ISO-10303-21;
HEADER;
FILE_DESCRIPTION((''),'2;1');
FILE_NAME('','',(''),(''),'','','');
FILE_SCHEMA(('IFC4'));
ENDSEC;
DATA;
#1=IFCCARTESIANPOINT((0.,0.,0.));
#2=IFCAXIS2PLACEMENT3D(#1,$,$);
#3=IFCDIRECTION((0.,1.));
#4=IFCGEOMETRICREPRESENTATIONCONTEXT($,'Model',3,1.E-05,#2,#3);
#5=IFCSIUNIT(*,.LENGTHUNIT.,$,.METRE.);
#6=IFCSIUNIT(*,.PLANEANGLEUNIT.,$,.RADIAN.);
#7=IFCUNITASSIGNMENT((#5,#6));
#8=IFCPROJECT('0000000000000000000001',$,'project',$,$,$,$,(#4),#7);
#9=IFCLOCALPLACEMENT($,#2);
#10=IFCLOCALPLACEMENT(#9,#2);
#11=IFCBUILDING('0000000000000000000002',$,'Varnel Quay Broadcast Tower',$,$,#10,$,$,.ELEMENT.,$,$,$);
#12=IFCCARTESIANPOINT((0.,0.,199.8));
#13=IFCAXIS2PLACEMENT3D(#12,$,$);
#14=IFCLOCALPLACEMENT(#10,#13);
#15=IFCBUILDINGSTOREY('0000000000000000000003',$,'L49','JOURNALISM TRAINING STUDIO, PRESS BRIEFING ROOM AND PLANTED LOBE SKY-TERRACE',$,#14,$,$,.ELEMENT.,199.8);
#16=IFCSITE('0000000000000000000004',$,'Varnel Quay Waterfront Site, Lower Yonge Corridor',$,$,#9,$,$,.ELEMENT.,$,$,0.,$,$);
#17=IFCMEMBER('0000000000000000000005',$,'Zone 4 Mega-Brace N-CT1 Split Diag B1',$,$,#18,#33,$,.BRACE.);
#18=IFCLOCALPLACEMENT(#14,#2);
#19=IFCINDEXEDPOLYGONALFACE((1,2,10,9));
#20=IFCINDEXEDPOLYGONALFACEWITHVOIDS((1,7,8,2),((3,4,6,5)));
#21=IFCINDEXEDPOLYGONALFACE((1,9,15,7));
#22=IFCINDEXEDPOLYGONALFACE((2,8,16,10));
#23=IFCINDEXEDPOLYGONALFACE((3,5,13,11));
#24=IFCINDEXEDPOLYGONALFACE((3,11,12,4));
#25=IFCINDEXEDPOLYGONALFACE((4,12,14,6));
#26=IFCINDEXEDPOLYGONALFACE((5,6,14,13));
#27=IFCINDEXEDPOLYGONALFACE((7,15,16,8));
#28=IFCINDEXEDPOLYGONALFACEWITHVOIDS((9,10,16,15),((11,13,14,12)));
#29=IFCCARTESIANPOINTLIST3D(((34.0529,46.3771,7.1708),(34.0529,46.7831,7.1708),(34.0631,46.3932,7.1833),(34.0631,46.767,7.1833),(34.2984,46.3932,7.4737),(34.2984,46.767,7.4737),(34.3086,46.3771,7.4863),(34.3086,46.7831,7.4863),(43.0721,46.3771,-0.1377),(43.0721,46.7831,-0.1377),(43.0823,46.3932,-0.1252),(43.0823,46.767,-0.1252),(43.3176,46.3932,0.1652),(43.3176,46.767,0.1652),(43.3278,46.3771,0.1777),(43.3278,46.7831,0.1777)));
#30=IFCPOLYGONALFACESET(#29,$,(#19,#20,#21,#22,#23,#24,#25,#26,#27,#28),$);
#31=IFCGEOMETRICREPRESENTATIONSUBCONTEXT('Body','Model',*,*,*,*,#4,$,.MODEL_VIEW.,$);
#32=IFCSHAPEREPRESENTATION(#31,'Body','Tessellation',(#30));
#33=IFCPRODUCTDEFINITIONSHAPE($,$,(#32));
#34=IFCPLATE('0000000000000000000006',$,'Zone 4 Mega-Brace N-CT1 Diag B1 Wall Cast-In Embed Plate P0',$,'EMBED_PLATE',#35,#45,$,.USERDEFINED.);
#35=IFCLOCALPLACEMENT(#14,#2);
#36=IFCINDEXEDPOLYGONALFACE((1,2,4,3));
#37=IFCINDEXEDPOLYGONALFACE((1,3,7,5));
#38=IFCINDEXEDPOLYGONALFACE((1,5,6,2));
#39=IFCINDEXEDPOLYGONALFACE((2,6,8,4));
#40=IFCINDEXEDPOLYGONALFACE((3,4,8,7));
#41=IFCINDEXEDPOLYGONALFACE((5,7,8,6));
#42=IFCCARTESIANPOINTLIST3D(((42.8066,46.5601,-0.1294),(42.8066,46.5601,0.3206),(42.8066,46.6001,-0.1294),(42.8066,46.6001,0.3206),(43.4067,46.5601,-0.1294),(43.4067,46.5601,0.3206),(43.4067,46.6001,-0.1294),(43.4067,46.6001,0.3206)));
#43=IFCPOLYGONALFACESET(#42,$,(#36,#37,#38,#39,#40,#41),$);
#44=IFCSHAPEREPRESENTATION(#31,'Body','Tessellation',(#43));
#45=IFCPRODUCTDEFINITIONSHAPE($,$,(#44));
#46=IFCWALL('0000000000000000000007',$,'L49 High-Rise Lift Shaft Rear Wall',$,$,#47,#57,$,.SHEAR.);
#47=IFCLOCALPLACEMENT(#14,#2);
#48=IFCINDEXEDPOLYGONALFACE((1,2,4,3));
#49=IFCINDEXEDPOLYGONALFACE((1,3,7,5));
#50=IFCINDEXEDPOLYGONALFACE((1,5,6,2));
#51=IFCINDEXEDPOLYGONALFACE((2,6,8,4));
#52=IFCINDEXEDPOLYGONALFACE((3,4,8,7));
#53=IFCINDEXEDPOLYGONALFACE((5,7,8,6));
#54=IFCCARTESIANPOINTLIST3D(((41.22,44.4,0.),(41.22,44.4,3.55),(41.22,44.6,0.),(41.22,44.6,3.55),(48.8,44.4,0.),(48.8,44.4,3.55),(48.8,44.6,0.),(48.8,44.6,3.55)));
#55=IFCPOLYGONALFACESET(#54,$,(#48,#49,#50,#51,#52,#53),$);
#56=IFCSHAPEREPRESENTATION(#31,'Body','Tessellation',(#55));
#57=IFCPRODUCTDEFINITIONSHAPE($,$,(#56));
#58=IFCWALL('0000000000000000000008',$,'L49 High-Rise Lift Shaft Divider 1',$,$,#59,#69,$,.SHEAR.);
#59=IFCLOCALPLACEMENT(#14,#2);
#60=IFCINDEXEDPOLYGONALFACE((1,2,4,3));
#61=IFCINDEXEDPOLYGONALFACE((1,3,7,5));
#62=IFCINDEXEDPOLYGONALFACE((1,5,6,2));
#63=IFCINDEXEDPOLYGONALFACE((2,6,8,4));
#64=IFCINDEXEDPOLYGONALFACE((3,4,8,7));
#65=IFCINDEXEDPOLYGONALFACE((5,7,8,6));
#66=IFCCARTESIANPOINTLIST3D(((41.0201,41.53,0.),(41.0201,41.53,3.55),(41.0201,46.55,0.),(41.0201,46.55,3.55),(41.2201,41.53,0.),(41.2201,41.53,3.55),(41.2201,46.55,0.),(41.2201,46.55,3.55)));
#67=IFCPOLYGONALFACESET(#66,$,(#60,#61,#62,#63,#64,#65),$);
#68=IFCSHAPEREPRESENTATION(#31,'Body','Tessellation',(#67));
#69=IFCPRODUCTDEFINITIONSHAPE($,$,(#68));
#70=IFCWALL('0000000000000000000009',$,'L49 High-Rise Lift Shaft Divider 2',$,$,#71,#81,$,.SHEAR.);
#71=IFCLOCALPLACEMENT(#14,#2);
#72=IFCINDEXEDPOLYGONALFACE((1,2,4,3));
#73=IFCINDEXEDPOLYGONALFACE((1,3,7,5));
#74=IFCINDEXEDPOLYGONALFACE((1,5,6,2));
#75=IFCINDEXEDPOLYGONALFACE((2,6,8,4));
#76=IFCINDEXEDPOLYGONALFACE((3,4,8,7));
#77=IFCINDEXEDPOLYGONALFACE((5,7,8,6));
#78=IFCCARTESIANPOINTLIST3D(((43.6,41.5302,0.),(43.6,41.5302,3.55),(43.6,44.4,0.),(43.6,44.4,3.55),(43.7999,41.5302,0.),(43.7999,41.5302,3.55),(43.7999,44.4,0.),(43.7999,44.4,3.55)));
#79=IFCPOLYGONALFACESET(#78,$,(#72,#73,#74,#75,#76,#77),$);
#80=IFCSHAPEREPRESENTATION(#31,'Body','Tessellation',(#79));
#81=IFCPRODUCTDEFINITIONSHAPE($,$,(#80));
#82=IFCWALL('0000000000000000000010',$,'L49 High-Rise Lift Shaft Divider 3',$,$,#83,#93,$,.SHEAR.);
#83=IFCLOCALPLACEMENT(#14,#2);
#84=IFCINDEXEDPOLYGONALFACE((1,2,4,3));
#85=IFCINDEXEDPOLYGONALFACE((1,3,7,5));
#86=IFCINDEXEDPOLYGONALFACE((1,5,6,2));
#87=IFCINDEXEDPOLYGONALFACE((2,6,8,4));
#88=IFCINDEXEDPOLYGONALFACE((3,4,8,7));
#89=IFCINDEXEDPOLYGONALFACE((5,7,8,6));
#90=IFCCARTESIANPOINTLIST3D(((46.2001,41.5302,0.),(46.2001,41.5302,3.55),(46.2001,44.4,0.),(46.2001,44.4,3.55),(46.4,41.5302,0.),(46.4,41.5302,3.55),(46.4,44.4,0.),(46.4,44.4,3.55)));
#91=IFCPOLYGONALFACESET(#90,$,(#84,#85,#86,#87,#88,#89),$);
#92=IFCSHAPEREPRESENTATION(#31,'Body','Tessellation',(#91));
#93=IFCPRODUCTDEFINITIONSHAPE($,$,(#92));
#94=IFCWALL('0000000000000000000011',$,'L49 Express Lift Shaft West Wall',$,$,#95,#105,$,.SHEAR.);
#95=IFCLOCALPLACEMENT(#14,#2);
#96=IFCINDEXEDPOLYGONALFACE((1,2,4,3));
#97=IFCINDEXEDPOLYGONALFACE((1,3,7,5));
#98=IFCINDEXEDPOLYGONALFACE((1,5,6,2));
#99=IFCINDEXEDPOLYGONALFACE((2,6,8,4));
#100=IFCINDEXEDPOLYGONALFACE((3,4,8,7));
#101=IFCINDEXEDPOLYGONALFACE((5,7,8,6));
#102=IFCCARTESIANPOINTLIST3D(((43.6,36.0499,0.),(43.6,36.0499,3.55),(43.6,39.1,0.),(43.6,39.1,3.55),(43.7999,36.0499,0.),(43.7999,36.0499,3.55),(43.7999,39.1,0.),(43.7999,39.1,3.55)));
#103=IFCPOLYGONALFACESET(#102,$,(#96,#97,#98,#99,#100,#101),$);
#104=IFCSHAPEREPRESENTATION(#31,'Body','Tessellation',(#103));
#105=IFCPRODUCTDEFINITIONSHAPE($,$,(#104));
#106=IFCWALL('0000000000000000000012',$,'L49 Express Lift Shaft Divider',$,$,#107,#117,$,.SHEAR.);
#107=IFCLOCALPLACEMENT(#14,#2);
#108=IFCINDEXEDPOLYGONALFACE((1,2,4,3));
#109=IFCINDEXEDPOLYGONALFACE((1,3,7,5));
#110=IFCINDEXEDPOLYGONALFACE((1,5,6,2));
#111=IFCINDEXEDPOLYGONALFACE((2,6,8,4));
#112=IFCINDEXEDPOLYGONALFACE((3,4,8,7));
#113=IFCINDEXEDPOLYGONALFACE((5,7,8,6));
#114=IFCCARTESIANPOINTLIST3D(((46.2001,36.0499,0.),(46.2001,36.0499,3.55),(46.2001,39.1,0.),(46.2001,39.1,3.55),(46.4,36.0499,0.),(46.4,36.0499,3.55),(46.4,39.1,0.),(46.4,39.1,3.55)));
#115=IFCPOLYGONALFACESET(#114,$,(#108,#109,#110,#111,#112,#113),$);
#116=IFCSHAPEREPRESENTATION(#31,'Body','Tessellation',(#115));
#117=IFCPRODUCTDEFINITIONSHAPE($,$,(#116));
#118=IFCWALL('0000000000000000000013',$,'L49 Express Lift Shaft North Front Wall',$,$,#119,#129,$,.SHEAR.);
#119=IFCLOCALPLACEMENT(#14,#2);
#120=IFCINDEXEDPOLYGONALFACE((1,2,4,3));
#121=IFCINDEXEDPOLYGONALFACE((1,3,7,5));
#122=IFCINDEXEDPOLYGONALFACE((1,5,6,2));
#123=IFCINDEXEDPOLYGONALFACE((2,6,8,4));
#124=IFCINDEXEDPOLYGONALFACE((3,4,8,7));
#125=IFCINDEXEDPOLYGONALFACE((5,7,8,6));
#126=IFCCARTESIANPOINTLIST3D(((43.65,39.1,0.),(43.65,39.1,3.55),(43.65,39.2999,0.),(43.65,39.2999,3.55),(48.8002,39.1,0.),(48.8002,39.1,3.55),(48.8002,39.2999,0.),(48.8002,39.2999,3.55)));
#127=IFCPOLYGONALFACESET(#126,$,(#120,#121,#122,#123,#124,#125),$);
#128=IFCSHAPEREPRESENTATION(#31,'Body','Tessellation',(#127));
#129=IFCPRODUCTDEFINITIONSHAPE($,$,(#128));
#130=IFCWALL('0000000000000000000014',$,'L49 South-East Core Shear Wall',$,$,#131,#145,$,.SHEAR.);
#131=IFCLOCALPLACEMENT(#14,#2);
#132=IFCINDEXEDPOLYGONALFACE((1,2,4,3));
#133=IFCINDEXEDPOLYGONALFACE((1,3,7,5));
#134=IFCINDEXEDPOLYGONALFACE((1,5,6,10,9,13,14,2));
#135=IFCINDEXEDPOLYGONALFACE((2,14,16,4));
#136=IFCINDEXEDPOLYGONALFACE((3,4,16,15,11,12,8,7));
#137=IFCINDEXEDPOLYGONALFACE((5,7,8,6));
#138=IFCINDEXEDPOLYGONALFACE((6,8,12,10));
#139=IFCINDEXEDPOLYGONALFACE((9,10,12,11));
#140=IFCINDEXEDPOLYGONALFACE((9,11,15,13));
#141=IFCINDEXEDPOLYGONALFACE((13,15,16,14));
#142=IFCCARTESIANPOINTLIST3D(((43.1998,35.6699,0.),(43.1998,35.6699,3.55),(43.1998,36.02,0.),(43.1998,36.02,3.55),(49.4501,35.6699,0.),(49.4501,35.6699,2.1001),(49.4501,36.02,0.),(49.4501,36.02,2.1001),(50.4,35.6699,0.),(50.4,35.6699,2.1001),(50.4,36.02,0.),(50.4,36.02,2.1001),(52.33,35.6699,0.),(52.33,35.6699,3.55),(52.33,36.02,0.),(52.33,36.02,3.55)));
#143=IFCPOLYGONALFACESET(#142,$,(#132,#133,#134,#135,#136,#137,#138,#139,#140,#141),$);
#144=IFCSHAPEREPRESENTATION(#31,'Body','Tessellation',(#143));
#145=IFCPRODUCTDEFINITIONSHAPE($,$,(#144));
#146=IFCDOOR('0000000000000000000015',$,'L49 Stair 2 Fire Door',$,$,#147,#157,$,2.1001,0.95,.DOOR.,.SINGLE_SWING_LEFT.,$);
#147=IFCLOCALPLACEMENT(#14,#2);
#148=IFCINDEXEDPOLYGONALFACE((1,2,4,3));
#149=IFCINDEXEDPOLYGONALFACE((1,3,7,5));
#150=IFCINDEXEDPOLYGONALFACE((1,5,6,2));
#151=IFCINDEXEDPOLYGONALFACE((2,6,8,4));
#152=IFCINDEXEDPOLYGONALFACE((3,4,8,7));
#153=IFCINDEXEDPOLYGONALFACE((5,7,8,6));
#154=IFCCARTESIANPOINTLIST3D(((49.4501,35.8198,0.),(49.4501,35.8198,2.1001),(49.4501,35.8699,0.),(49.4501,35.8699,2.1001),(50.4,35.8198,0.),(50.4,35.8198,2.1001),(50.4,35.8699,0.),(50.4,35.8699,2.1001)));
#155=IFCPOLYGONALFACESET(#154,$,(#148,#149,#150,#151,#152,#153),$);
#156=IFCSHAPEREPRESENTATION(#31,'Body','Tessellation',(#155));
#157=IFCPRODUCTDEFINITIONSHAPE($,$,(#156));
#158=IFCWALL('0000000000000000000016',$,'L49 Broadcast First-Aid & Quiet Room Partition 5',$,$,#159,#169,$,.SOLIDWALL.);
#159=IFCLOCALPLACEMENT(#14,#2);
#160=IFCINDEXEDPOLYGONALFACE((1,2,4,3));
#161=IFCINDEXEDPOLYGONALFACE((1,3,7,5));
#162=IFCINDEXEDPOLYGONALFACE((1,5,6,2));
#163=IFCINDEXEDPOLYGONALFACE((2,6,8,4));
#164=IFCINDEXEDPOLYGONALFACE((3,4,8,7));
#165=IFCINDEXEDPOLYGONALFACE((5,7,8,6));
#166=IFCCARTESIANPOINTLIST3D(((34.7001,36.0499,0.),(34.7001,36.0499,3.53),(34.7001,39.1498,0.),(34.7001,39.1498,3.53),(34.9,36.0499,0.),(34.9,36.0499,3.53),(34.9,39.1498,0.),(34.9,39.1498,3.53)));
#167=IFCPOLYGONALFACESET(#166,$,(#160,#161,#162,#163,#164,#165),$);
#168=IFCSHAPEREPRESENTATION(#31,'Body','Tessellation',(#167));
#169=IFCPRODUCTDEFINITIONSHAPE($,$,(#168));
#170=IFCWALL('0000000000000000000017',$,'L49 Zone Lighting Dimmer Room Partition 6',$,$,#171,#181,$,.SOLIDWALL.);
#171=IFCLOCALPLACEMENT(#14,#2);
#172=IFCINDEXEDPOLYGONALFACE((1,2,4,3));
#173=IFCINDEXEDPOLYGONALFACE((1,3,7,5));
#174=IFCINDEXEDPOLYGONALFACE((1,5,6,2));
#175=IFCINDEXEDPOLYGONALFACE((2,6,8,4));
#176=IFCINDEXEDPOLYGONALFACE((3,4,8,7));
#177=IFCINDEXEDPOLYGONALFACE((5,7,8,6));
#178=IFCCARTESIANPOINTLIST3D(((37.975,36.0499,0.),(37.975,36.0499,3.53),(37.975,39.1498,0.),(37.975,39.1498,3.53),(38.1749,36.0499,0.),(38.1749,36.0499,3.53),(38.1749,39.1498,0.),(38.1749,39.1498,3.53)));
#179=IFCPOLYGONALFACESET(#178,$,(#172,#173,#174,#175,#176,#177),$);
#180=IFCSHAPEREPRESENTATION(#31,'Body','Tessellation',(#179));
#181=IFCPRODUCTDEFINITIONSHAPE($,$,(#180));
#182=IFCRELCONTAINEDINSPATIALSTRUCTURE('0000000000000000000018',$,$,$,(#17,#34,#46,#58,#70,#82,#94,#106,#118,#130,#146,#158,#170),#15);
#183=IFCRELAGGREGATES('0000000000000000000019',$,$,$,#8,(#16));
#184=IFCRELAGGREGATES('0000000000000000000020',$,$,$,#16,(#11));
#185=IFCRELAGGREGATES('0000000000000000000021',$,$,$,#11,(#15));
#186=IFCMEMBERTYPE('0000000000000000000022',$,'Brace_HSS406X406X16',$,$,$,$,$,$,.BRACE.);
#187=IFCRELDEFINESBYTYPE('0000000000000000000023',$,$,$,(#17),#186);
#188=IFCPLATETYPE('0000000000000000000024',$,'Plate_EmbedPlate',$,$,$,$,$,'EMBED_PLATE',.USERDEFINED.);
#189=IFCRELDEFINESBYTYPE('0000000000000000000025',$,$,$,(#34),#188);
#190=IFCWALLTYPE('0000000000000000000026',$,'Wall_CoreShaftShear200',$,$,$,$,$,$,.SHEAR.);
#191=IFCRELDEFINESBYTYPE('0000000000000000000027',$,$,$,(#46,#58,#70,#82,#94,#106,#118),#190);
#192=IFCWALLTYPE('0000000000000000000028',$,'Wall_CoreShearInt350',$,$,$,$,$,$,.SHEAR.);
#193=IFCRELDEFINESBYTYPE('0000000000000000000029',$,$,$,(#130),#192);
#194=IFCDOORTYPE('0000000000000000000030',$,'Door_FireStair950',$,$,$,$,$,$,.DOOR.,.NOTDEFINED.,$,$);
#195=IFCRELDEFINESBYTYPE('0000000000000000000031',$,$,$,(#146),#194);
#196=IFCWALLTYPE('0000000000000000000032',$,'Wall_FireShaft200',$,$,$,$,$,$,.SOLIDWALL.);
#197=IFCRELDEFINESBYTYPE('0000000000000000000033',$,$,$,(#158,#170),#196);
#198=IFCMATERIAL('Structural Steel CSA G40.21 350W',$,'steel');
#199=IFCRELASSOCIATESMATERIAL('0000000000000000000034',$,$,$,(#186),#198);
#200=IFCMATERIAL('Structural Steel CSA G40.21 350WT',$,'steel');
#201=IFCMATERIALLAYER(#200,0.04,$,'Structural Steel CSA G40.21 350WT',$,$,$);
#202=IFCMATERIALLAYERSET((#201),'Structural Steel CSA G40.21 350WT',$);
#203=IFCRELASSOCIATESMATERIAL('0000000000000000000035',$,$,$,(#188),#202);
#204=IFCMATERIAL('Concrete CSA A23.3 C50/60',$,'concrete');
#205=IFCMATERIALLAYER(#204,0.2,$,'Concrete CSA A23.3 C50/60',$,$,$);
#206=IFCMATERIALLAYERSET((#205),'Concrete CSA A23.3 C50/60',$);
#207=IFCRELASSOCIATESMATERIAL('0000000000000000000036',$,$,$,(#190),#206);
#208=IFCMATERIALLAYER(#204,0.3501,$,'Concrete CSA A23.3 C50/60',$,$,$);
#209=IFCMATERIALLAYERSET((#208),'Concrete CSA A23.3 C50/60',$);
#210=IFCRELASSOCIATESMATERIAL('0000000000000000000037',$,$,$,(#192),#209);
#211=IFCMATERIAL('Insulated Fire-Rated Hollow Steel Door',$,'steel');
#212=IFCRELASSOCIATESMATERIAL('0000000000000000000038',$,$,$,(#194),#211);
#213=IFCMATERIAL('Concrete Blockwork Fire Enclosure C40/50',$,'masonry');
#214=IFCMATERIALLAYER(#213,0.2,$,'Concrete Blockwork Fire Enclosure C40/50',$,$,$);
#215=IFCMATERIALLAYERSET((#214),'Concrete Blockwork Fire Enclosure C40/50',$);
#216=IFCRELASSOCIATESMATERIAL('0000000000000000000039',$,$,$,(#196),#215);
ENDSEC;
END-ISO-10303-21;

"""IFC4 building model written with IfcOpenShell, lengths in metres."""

from ifc_helpers import new_model, si_unit, direction, frame, frame_2d, origin, origin_2d, place, context, subcontext, project, spatial, rectangle, hollow_rectangle, extrude, source, transform, mapped, material, layer, layer_set, material_profile, profile_set, type_object, type_shapes, element, fill, save


model = new_model("IFC4")

# Units and contexts
model_context = context("Model", 3, precision=1e-05, world=origin(), true_north=direction((0.0, 1.0)))
body_context = subcontext(model_context, "Body", "Model", "MODEL_VIEW")
ifc_project = project(units=[si_unit("LENGTHUNIT", "METRE"), si_unit("PLANEANGLEUNIT", "RADIAN")], contexts=[model_context])

# Site, building, storey
site_placement = place(None, origin())
site = spatial("IfcSite", under=ifc_project, at=site_placement, Name="Varnel Quay Waterfront Site, Lower Yonge Corridor", CompositionType="ELEMENT", RefElevation=0.0)
building_placement = place(site_placement, origin())
building = spatial("IfcBuilding", under=site, at=building_placement, Name="Varnel Quay Broadcast Tower", CompositionType="ELEMENT")
storey_placement = place(building_placement, frame((0.0, 0.0, 199.8)))
storey = spatial("IfcBuildingStorey", under=building, at=storey_placement, Name="L49", Description="JOURNALISM TRAINING STUDIO, PRESS BRIEFING ROOM AND PLANTED LOBE SKY-TERRACE", CompositionType="ELEMENT", Elevation=199.8)

# Shared definitions
ifc_material_1 = material(Name="Structural Steel CSA G40.21 350WT", Category="steel")

# Shared definitions
ifc_material_2 = material(Name="Concrete CSA A23.3 C50/60", Category="concrete")

# Member
ifc_material_3 = material(Name="Structural Steel CSA G40.21 350W", Category="steel")
ifc_material_profile_1 = material_profile(ifc_material_3, hollow_rectangle(XDim=0.406, YDim=0.406, WallThickness=0.0161, at=origin_2d()), Name="HSS406X406X16")
ifc_profile_set_1 = profile_set([ifc_material_profile_1], Name="Structural Steel CSA G40.21 350W")
member_type = type_object("IfcMemberType", Name="Brace_HSS406X406X16", PredefinedType="BRACE", material=ifc_profile_set_1)
shared_shape_1 = source(origin(), body_context, "Body", "SweptSolid", [
    extrude(hollow_rectangle(XDim=0.406, YDim=0.406, WallThickness=0.0161, at=origin_2d()), origin(), (0.0, 0.0, 1.0), 11.6086),
])
type_shapes(member_type, [shared_shape_1])
member_placement = place(storey_placement, frame((43.2, 46.5801, 0.02), z_axis=(-0.776939, 0.0, 0.629576), x_axis=(0.0, -1.0, 0.0)))
element("IfcMember", 1, at=member_placement, inside=storey, type_object=member_type, Name="Zone 4 Mega-Brace N-CT1 Split Diag B1", PredefinedType="BRACE", context=body_context, shape_type="MappedRepresentation", body=[
    mapped(shared_shape_1, transform((0.0, 0.0, 0.0), x_axis=(1.0, 0.0, 0.0), y_axis=(0.0, 1.0, 0.0), z_axis=(0.0, 0.0, 1.0), scale=1.0)),
])

# Plate
ifc_layer_1 = layer(ifc_material_1, 0.04, Name="Structural Steel CSA G40.21 350WT")
ifc_layer_set_1 = layer_set([ifc_layer_1], Name="Structural Steel CSA G40.21 350WT")
plate_type = type_object("IfcPlateType", Name="Plate_EmbedPlate", ElementType="EMBED_PLATE", PredefinedType="USERDEFINED", material=ifc_layer_set_1)
shared_shape_2 = source(origin(), body_context, "Body", "SweptSolid", [
    extrude(rectangle(XDim=0.6001, YDim=0.04, at=origin_2d()), origin(), (0.0, 0.0, 1.0), 0.45),
])
type_shapes(plate_type, [shared_shape_2])
plate_placement = place(storey_placement, frame((43.1067, 46.5801, -0.1294), z_axis=(0.0, 0.0, 1.0), x_axis=(1.0, 0.0, 0.0)))
element("IfcPlate", 2, at=plate_placement, inside=storey, type_object=plate_type, Name="Zone 4 Mega-Brace N-CT1 Diag B1 Wall Cast-In Embed Plate P0", ObjectType="EMBED_PLATE", PredefinedType="USERDEFINED", context=body_context, shape_type="MappedRepresentation", body=[
    mapped(shared_shape_2, transform((0.0, 0.0, 0.0), x_axis=(1.0, 0.0, 0.0), y_axis=(0.0, 1.0, 0.0), z_axis=(0.0, 0.0, 1.0), scale=1.0)),
])

# Walls
ifc_layer_2 = layer(ifc_material_2, 0.2, Name="Concrete CSA A23.3 C50/60")
ifc_layer_set_2 = layer_set([ifc_layer_2], Name="Concrete CSA A23.3 C50/60")
wall_type_1 = type_object("IfcWallType", Name="Wall_CoreShaftShear200", PredefinedType="SHEAR", material=ifc_layer_set_2)
wall_1_placement = place(storey_placement, frame((41.22, 44.5, 0.0), z_axis=(0.0, 0.0, 1.0), x_axis=(1.0, 0.0, 0.0)))
element("IfcWall", 3, at=wall_1_placement, inside=storey, type_object=wall_type_1, Name="L49 High-Rise Lift Shaft Rear Wall", PredefinedType="SHEAR", context=body_context, shape_type="SweptSolid", body=[
    extrude(rectangle(XDim=7.5801, YDim=0.2, at=frame_2d((3.79, 0.0))), origin(), (0.0, 0.0, 1.0), 3.55),
])
wall_2_placement = place(storey_placement, frame((41.1201, 41.53, 0.0), z_axis=(0.0, 0.0, 1.0), x_axis=(0.0, 1.0, 0.0)))
element("IfcWall", 4, at=wall_2_placement, inside=storey, type_object=wall_type_1, Name="L49 High-Rise Lift Shaft Divider 1", PredefinedType="SHEAR", context=body_context, shape_type="SweptSolid", body=[
    extrude(rectangle(XDim=5.02, YDim=0.2, at=frame_2d((2.51, 0.0))), origin(), (0.0, 0.0, 1.0), 3.55),
])
for number, where, z_axis, x_axis, name in (
    (5, (43.7, 41.53, 0.0), (0.0, 0.0, 1.0), (0.0, 1.0, 0.0), "L49 High-Rise Lift Shaft Divider 2"),
    (6, (46.3, 41.53, 0.0), (0.0, 0.0, 1.0), (0.0, 1.0, 0.0), "L49 High-Rise Lift Shaft Divider 3"),
):
    element("IfcWall", number, at=place(storey_placement, frame(where, z_axis=z_axis, x_axis=x_axis)), inside=storey, type_object=wall_type_1, Name=name, PredefinedType="SHEAR", context=body_context, shape_type="SweptSolid", body=[
        extrude(rectangle(XDim=2.8699, YDim=0.2, at=frame_2d((1.4351, 0.0))), origin(), (0.0, 0.0, 1.0), 3.55),
    ])
for number, where, z_axis, x_axis, name in (
    (7, (43.7, 36.05, 0.0), (0.0, 0.0, 1.0), (0.0, 1.0, 0.0), "L49 Express Lift Shaft West Wall"),
    (8, (46.3, 36.05, 0.0), (0.0, 0.0, 1.0), (0.0, 1.0, 0.0), "L49 Express Lift Shaft Divider"),
):
    element("IfcWall", number, at=place(storey_placement, frame(where, z_axis=z_axis, x_axis=x_axis)), inside=storey, type_object=wall_type_1, Name=name, PredefinedType="SHEAR", context=body_context, shape_type="SweptSolid", body=[
        extrude(rectangle(XDim=3.05, YDim=0.2, at=frame_2d((1.5249, 0.0))), origin(), (0.0, 0.0, 1.0), 3.55),
    ])
wall_3_placement = place(storey_placement, frame((43.6499, 39.2, 0.0), z_axis=(0.0, 0.0, 1.0), x_axis=(1.0, 0.0, 0.0)))
element("IfcWall", 9, at=wall_3_placement, inside=storey, type_object=wall_type_1, Name="L49 Express Lift Shaft North Front Wall", PredefinedType="SHEAR", context=body_context, shape_type="SweptSolid", body=[
    extrude(rectangle(XDim=5.1501, YDim=0.2, at=frame_2d((2.5752, 0.0))), origin(), (0.0, 0.0, 1.0), 3.55),
])

# Wall, opening, door
ifc_layer_3 = layer(ifc_material_2, 0.3501, Name="Concrete CSA A23.3 C50/60")
ifc_layer_set_3 = layer_set([ifc_layer_3], Name="Concrete CSA A23.3 C50/60")
wall_type_2 = type_object("IfcWallType", Name="Wall_CoreShearInt350", PredefinedType="SHEAR", material=ifc_layer_set_3)
wall_4_placement = place(storey_placement, frame((43.2, 35.845, 0.0), z_axis=(0.0, 0.0, 1.0), x_axis=(1.0, 0.0, 0.0)))
wall_4 = element("IfcWall", 10, at=wall_4_placement, inside=storey, type_object=wall_type_2, Name="L49 South-East Core Shear Wall", PredefinedType="SHEAR", context=body_context, shape_type="SweptSolid", body=[
    extrude(rectangle(XDim=9.1301, YDim=0.3501, at=frame_2d((4.5649, 0.0))), origin(), (0.0, 0.0, 1.0), 3.55),
])
opening_1_placement = place(wall_4_placement, frame((6.25, 0.0, 0.0)))
opening_1 = element("IfcOpeningElement", 11, at=opening_1_placement, cuts=wall_4, PredefinedType="OPENING", context=body_context, shape_type="SweptSolid", body=[
    extrude(rectangle(XDim=0.95, YDim=2.1001, at=frame_2d((0.4751, 1.05))), frame((0.0, 0.1851, 0.0), z_axis=(0.0, -1.0, 0.0), x_axis=(1.0, 0.0, 0.0)), (0.0, 0.0, 1.0), 0.3701),
])
ifc_material_4 = material(Name="Insulated Fire-Rated Hollow Steel Door", Category="steel")
door_type_1 = type_object("IfcDoorType", Name="Door_FireStair950", OperationType="NOTDEFINED", PredefinedType="DOOR", material=ifc_material_4)
shared_shape_3 = source(origin(), body_context, "Body", "SweptSolid", [
    extrude(rectangle(XDim=0.95, YDim=2.1001, at=frame_2d((0.4751, 1.05))), frame((0.0, 0.0249, 0.0), z_axis=(0.0, -1.0, 0.0), x_axis=(1.0, 0.0, 0.0)), (0.0, 0.0, 1.0), 0.05),
])
type_shapes(door_type_1, [shared_shape_3])
door_1_placement = place(opening_1_placement, origin())
door_1 = element("IfcDoor", 12, at=door_1_placement, inside=storey, type_object=door_type_1, Name="L49 Stair 2 Fire Door", OperationType="SINGLE_SWING_LEFT", OverallHeight=2.1001, OverallWidth=0.95, PredefinedType="DOOR", context=body_context, shape_type="MappedRepresentation", body=[
    mapped(shared_shape_3, transform((0.0, 0.0, 0.0), x_axis=(1.0, 0.0, 0.0), y_axis=(0.0, 1.0, 0.0), z_axis=(0.0, 0.0, 1.0), scale=1.0)),
])
fill(opening_1, door_1)

# Walls
ifc_material_5 = material(Name="Concrete Blockwork Fire Enclosure C40/50", Category="masonry")
ifc_layer_4 = layer(ifc_material_5, 0.2, Name="Concrete Blockwork Fire Enclosure C40/50")
ifc_layer_set_4 = layer_set([ifc_layer_4], Name="Concrete Blockwork Fire Enclosure C40/50")
wall_type_3 = type_object("IfcWallType", Name="Wall_FireShaft200", PredefinedType="SOLIDWALL", material=ifc_layer_set_4)
for number, where, z_axis, x_axis, name in (
    (13, (34.8, 36.05, 0.0), (0.0, 0.0, 1.0), (0.0, 1.0, 0.0), "L49 Broadcast First-Aid & Quiet Room Partition 5"),
    (14, (38.075, 36.05, 0.0), (0.0, 0.0, 1.0), (0.0, 1.0, 0.0), "L49 Zone Lighting Dimmer Room Partition 6"),
):
    element("IfcWall", number, at=place(storey_placement, frame(where, z_axis=z_axis, x_axis=x_axis)), inside=storey, type_object=wall_type_3, Name=name, PredefinedType="SOLIDWALL", context=body_context, shape_type="SweptSolid", body=[
        extrude(rectangle(XDim=3.0999, YDim=0.2, at=frame_2d((1.5498, 0.0))), origin(), (0.0, 0.0, 1.0), 3.53),
    ])

save(model, "model.ifc")
